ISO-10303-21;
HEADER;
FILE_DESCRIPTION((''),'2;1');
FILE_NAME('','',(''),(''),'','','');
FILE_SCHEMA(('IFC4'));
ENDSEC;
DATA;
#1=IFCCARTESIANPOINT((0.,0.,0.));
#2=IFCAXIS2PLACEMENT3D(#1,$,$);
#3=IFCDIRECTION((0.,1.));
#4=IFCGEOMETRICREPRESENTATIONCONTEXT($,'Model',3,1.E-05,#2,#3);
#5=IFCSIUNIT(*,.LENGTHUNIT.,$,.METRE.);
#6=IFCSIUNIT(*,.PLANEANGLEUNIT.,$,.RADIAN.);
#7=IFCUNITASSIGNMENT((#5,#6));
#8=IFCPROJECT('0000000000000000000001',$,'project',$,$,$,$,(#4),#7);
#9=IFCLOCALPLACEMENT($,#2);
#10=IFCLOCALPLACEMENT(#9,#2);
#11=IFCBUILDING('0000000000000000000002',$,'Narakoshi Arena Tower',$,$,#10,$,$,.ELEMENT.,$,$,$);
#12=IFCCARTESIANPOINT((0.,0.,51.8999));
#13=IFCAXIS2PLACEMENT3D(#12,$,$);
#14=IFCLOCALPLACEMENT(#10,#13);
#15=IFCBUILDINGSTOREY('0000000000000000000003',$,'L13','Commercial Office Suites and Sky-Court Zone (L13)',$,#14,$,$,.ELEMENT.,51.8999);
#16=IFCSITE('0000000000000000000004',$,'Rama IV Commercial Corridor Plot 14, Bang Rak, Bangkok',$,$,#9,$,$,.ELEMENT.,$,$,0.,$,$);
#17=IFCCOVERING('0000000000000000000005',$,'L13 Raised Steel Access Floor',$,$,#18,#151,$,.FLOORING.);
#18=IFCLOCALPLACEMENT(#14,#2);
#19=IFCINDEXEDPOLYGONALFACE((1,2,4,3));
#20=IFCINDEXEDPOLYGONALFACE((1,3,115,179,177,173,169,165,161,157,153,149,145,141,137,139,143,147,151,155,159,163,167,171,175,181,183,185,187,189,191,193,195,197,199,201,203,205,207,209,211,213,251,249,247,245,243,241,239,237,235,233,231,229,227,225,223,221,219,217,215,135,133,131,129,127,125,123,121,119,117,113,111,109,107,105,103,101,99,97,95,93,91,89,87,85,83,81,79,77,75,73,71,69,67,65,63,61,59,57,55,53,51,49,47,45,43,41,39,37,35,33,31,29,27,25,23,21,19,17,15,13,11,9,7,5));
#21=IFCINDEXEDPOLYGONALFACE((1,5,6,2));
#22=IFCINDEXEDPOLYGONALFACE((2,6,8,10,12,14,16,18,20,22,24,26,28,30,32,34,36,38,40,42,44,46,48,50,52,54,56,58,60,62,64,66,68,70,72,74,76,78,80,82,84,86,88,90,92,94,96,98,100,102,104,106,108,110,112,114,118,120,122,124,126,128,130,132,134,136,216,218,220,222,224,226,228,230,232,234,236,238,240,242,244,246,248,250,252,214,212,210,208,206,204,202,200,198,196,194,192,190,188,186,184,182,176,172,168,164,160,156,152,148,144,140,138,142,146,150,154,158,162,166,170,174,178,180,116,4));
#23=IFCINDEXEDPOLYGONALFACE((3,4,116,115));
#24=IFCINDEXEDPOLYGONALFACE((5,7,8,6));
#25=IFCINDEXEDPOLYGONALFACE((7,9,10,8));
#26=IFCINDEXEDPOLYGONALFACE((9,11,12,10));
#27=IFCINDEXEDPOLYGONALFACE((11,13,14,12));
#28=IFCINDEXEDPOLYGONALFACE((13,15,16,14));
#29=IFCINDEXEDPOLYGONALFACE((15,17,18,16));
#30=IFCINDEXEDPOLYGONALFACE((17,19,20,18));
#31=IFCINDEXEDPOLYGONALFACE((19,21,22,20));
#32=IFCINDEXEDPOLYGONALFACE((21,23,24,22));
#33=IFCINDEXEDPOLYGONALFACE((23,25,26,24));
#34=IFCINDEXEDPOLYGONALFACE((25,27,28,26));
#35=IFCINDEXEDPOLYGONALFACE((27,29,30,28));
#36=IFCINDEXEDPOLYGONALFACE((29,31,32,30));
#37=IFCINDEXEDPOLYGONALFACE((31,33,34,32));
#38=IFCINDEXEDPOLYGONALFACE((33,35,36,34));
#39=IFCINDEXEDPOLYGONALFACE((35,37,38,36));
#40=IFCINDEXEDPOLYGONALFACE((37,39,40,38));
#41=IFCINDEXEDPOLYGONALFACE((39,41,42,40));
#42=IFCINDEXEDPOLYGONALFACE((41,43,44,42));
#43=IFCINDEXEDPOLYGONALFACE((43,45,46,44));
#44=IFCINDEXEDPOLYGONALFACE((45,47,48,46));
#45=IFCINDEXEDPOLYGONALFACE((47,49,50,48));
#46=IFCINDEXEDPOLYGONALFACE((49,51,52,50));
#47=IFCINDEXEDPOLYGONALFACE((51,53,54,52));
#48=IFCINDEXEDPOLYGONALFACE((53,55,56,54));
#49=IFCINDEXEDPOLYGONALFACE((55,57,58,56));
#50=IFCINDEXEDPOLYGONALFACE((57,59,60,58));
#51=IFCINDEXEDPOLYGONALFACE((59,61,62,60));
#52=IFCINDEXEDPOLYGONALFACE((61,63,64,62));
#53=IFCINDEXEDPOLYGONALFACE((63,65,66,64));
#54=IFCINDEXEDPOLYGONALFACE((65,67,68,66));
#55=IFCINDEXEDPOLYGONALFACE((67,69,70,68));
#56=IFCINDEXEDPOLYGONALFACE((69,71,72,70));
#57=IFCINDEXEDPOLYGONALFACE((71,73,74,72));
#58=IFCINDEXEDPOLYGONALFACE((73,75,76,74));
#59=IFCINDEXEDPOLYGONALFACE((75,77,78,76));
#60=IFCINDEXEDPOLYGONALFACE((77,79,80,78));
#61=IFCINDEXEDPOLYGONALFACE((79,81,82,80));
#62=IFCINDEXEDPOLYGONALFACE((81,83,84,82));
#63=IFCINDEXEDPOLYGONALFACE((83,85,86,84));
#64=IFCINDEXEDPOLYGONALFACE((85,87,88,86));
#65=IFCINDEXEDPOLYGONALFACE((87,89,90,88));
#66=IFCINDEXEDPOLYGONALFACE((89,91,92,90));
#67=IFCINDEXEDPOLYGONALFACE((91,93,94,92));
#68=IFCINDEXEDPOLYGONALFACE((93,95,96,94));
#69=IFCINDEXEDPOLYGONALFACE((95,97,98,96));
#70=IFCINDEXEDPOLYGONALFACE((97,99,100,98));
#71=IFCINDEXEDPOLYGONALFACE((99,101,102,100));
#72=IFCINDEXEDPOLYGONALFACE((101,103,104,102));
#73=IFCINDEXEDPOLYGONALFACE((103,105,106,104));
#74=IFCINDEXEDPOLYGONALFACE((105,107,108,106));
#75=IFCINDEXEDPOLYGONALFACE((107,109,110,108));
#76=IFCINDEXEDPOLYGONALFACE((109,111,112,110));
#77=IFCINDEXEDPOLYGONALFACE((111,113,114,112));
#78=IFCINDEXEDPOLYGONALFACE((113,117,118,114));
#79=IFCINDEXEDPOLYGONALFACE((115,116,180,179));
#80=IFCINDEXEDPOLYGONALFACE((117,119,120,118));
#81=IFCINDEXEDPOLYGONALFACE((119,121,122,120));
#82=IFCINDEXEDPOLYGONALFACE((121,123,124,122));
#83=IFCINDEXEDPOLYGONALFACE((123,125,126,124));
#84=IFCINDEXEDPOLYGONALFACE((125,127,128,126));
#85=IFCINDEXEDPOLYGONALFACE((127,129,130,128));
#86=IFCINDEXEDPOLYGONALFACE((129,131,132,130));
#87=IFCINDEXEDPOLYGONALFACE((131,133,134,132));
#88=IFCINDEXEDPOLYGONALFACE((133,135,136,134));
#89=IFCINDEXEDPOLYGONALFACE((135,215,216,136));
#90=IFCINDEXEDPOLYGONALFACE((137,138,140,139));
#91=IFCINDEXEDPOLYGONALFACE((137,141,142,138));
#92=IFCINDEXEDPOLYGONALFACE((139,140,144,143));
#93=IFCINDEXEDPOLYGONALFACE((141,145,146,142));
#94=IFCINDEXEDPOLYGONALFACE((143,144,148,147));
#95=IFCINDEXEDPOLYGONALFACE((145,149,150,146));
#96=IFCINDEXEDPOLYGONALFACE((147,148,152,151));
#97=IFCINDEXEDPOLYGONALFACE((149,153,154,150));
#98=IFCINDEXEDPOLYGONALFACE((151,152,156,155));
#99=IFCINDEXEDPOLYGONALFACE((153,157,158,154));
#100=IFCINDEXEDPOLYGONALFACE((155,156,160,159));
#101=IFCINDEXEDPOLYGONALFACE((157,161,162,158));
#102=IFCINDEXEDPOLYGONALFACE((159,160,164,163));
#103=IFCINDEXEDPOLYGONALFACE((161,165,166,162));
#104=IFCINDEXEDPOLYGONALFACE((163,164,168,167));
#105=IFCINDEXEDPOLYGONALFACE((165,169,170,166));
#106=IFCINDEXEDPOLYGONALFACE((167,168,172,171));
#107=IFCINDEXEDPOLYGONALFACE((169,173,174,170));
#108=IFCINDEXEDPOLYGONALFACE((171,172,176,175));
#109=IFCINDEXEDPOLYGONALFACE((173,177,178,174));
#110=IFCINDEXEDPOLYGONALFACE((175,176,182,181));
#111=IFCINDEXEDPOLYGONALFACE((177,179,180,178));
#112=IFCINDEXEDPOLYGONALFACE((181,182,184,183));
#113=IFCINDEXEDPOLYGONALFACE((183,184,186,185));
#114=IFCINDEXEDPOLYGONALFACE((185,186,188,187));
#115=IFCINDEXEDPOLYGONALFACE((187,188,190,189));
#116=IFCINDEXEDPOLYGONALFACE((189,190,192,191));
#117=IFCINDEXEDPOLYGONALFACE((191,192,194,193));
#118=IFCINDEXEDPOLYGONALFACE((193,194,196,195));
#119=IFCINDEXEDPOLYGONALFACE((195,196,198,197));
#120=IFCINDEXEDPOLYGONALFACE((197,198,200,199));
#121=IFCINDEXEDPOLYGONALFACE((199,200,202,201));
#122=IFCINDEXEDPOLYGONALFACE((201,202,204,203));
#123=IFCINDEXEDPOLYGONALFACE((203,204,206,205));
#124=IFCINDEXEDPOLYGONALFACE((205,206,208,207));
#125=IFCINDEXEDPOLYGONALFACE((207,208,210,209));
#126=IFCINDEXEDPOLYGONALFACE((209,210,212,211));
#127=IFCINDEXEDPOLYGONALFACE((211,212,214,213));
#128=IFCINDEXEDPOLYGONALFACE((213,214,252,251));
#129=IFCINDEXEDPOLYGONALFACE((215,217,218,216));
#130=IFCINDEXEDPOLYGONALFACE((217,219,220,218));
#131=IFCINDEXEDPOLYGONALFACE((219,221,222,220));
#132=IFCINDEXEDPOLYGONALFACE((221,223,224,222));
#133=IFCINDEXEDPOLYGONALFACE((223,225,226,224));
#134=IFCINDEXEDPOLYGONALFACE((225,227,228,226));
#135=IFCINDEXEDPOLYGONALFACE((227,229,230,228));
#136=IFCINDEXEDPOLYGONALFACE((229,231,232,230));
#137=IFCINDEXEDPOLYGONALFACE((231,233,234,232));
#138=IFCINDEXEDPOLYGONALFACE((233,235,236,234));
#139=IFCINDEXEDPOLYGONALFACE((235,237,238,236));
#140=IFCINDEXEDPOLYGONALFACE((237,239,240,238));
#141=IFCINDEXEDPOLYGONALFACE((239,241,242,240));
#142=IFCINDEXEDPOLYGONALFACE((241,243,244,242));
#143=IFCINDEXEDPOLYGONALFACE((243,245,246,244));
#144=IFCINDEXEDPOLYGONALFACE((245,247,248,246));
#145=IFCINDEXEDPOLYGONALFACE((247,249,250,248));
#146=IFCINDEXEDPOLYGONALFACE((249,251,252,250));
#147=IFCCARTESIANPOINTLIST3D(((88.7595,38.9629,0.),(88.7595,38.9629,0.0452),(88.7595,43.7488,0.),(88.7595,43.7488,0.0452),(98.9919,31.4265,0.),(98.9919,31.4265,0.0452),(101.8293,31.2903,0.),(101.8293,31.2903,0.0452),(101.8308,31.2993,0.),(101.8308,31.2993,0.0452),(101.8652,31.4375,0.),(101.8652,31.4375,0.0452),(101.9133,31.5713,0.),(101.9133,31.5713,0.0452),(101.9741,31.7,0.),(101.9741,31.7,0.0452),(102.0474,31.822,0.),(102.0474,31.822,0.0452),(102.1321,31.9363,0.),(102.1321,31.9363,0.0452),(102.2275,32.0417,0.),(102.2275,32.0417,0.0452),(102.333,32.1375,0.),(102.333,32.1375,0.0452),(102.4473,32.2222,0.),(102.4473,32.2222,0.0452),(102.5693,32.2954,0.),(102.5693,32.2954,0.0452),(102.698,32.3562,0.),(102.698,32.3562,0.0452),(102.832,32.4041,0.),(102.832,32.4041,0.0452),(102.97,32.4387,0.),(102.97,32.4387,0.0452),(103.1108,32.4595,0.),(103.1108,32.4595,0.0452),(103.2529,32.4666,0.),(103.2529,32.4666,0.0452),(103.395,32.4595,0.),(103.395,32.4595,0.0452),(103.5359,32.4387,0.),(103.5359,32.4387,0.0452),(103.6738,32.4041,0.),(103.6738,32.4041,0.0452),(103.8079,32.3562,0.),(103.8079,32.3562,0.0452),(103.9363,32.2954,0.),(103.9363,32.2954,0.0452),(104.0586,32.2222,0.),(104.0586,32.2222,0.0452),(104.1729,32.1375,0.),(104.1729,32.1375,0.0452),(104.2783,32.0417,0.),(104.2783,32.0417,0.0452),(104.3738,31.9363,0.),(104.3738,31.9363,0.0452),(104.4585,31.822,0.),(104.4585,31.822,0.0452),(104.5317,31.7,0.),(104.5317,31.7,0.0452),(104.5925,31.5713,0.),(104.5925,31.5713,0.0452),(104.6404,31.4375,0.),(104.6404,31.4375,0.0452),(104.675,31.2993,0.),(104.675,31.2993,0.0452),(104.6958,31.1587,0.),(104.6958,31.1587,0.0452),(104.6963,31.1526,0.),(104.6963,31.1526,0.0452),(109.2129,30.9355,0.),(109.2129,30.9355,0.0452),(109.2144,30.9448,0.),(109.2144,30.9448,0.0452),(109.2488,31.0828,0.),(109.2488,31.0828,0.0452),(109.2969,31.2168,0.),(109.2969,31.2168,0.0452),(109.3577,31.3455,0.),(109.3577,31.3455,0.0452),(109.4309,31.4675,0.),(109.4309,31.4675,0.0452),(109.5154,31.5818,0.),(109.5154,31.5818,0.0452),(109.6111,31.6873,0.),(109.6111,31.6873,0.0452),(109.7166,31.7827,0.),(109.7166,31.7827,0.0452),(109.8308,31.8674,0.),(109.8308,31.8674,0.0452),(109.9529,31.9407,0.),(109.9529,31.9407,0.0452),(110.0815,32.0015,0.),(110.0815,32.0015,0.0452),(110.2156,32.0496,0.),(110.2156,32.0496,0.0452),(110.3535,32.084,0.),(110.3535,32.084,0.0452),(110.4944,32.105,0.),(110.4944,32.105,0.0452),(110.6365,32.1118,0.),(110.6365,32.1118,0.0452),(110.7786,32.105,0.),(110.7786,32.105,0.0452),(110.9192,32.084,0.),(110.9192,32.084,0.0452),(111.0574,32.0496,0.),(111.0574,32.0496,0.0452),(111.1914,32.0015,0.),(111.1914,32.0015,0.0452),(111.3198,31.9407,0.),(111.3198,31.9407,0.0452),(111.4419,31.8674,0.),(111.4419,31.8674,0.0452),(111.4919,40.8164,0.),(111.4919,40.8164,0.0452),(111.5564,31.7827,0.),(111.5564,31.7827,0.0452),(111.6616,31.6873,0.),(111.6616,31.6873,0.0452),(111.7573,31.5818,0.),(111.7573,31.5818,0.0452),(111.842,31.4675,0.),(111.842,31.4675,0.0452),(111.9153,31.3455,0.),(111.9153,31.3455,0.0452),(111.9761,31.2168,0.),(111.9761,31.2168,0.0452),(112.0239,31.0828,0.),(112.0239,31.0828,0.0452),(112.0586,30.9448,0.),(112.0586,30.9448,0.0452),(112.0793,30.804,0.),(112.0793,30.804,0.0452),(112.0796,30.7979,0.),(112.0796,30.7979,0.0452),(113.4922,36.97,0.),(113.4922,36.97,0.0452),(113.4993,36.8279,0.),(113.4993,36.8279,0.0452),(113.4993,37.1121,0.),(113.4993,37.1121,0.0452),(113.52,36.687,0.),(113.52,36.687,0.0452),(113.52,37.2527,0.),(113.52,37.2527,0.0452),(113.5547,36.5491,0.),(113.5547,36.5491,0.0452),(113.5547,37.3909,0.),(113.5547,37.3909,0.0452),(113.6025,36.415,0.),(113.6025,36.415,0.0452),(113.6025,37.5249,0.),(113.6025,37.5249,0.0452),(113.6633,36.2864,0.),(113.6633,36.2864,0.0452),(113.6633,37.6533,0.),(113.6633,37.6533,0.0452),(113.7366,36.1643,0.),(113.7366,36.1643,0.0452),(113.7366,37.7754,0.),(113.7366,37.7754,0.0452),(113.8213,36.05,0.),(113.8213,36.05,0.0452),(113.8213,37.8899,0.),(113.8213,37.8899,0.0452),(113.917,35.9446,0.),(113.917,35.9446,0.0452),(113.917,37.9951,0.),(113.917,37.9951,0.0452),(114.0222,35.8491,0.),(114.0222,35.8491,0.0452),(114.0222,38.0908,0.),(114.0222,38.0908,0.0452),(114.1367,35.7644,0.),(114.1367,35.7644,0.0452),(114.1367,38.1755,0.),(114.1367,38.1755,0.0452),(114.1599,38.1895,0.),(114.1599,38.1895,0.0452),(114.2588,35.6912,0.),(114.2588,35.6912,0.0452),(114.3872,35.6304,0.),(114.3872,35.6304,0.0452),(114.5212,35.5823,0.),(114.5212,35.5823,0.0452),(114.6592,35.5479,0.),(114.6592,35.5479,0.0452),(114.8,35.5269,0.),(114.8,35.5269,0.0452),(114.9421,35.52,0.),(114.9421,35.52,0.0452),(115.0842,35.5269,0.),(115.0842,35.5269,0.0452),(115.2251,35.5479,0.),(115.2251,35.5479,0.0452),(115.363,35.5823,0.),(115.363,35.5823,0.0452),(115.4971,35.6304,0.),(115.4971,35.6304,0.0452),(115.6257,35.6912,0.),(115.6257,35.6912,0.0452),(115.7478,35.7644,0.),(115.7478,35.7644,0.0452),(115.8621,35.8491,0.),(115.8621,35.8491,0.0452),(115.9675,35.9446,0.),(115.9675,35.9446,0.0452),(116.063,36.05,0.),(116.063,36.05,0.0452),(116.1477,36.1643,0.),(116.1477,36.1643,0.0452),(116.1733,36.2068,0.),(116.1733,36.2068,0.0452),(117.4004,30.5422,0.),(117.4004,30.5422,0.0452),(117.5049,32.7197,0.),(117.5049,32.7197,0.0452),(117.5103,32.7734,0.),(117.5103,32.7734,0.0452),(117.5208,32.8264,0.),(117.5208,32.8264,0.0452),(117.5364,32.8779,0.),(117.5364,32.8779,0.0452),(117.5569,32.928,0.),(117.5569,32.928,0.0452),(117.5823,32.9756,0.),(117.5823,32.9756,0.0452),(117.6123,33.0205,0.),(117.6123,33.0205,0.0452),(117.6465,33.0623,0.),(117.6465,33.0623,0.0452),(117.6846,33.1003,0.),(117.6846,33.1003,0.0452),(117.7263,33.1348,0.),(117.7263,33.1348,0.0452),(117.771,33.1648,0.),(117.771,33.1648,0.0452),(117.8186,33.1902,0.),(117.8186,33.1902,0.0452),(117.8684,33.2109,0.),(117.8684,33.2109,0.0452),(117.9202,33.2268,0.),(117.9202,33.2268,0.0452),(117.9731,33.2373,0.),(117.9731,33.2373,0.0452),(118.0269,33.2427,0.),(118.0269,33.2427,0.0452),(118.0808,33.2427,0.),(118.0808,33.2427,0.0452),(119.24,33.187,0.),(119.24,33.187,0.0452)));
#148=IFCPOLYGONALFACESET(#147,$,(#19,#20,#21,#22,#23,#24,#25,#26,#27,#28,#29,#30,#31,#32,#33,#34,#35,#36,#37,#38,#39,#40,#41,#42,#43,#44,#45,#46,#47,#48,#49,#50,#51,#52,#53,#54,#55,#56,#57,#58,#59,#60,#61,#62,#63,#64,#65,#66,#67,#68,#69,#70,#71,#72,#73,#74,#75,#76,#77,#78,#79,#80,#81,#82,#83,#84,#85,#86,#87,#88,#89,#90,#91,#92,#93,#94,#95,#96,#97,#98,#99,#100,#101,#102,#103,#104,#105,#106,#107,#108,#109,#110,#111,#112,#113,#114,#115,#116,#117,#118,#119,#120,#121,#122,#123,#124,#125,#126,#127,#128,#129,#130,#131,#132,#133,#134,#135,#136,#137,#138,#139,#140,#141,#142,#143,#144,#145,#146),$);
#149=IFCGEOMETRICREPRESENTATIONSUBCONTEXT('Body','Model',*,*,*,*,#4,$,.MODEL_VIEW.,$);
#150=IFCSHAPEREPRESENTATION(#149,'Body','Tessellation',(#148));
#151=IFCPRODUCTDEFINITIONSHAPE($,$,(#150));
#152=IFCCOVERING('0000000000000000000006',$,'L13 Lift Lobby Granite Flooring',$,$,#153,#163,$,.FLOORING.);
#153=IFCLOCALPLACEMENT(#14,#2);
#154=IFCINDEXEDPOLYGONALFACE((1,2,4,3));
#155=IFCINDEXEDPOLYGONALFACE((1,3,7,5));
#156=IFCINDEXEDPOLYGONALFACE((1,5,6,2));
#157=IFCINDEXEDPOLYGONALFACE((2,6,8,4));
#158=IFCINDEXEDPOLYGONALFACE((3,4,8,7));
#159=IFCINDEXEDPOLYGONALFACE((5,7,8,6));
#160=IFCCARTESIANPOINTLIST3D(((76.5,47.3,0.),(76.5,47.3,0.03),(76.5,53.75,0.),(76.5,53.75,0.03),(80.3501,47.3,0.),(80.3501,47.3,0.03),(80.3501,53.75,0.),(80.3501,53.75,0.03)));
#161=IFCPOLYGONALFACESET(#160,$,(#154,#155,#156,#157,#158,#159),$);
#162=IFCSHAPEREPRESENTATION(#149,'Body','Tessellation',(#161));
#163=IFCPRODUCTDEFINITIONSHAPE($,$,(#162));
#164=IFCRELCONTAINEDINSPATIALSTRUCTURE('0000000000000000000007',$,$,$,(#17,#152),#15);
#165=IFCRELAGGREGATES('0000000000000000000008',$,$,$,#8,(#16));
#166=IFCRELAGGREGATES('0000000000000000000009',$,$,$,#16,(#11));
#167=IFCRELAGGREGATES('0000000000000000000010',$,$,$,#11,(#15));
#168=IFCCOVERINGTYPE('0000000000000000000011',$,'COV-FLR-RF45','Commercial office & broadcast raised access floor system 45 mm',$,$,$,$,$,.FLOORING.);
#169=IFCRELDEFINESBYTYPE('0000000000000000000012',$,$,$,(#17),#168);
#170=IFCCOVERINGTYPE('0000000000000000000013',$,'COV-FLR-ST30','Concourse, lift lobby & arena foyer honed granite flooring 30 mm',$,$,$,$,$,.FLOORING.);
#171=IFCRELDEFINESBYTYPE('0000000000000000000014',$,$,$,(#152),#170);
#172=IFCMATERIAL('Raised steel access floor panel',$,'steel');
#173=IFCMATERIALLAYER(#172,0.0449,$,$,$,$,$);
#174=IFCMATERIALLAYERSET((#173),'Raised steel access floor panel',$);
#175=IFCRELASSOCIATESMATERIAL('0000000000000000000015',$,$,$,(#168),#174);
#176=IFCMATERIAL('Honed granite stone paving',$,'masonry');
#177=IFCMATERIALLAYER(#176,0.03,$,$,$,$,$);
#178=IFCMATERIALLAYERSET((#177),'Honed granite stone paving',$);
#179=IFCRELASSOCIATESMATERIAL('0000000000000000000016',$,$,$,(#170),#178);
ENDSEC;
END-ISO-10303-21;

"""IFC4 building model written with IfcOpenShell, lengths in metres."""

from ifc_helpers import new_model, si_unit, direction, frame, origin, place, context, subcontext, project, spatial, polyline, outline, extrude, material, layer, layer_set, type_object, element, save


model = new_model("IFC4")

# Units and contexts
model_context = context("Model", 3, precision=1e-05, world=origin(), true_north=direction((0.0, 1.0)))
body_context = subcontext(model_context, "Body", "Model", "MODEL_VIEW")
ifc_project = project(units=[si_unit("LENGTHUNIT", "METRE"), si_unit("PLANEANGLEUNIT", "RADIAN")], contexts=[model_context])

# Site, building, storey
site_placement = place(None, origin())
site = spatial("IfcSite", under=ifc_project, at=site_placement, Name="Rama IV Commercial Corridor Plot 14, Bang Rak, Bangkok", CompositionType="ELEMENT", RefElevation=0.0)
building_placement = place(site_placement, origin())
building = spatial("IfcBuilding", under=site, at=building_placement, Name="Narakoshi Arena Tower", CompositionType="ELEMENT")
storey_placement = place(building_placement, frame((0.0, 0.0, 51.8999)))
storey = spatial("IfcBuildingStorey", under=building, at=storey_placement, Name="L13", Description="Commercial Office Suites and Sky-Court Zone (L13)", CompositionType="ELEMENT", Elevation=51.8999)

# Coverings
ifc_material_1 = material(Name="Raised steel access floor panel", Category="steel")
ifc_layer_1 = layer(ifc_material_1, 0.0449)
ifc_layer_set_1 = layer_set([ifc_layer_1], Name="Raised steel access floor panel")
covering_type_1 = type_object("IfcCoveringType", Name="COV-FLR-RF45", Description="Commercial office & broadcast raised access floor system 45 mm", PredefinedType="FLOORING", material=ifc_layer_set_1)
covering_1_placement = place(storey_placement, origin())
element("IfcCovering", 1, at=covering_1_placement, inside=storey, type_object=covering_type_1, Name="L13 Raised Steel Access Floor", PredefinedType="FLOORING", context=body_context, shape_type="SweptSolid", body=[
    extrude(outline(polyline([(112.0796, 30.7979), (112.0793, 30.804), (112.0586, 30.9448), (112.0239, 31.0828), (111.9761, 31.2168), (111.9153, 31.3455), (111.842, 31.4675), (111.7573, 31.5818), (111.6616, 31.6873), (111.5564, 31.7827), (111.4419, 31.8674), (111.3198, 31.9407), (111.1914, 32.0015), (111.0574, 32.0496), (110.9192, 32.084), (110.7786, 32.105), (110.6365, 32.1118), (110.4944, 32.105), (110.3535, 32.084), (110.2156, 32.0496), (110.0815, 32.0015), (109.9529, 31.9407), (109.8308, 31.8674), (109.7166, 31.7827), (109.6111, 31.6873), (109.5154, 31.5818), (109.4309, 31.4675), (109.3577, 31.3455), (109.2969, 31.2168), (109.2488, 31.0828), (109.2144, 30.9448), (109.2129, 30.9355), (104.6963, 31.1526), (104.6958, 31.1587), (104.675, 31.2993), (104.6404, 31.4375), (104.5925, 31.5713), (104.5317, 31.7), (104.4585, 31.822), (104.3738, 31.9363), (104.2783, 32.0417), (104.1729, 32.1375), (104.0586, 32.2222), (103.9363, 32.2954), (103.8079, 32.3562), (103.6738, 32.4041), (103.5359, 32.4387), (103.395, 32.4595), (103.2529, 32.4666), (103.1108, 32.4595), (102.97, 32.4387), (102.832, 32.4041), (102.698, 32.3562), (102.5693, 32.2954), (102.4473, 32.2222), (102.333, 32.1375), (102.2275, 32.0417), (102.1321, 31.9363), (102.0474, 31.822), (101.9741, 31.7), (101.9133, 31.5713), (101.8652, 31.4375), (101.8308, 31.2993), (101.8293, 31.2903), (98.9919, 31.4265), (88.7595, 38.9629), (88.7595, 43.7488), (111.4919, 40.8164), (114.1599, 38.1895), (114.1367, 38.1755), (114.0222, 38.0908), (113.917, 37.9951), (113.8213, 37.8899), (113.7366, 37.7754), (113.6633, 37.6533), (113.6025, 37.5249), (113.5547, 37.3909), (113.52, 37.2527), (113.4993, 37.1121), (113.4922, 36.97), (113.4993, 36.8279), (113.52, 36.687), (113.5547, 36.5491), (113.6025, 36.415), (113.6633, 36.2864), (113.7366, 36.1643), (113.8213, 36.05), (113.917, 35.9446), (114.0222, 35.8491), (114.1367, 35.7644), (114.2588, 35.6912), (114.3872, 35.6304), (114.5212, 35.5823), (114.6592, 35.5479), (114.8, 35.5269), (114.9421, 35.52), (115.0842, 35.5269), (115.2251, 35.5479), (115.363, 35.5823), (115.4971, 35.6304), (115.6257, 35.6912), (115.7478, 35.7644), (115.8621, 35.8491), (115.9675, 35.9446), (116.063, 36.05), (116.1477, 36.1643), (116.1733, 36.2068), (119.24, 33.187), (118.0808, 33.2427), (118.0269, 33.2427), (117.9731, 33.2373), (117.9202, 33.2268), (117.8684, 33.2109), (117.8186, 33.1902), (117.771, 33.1648), (117.7263, 33.1348), (117.6846, 33.1003), (117.6465, 33.0623), (117.6123, 33.0205), (117.5823, 32.9756), (117.5569, 32.928), (117.5364, 32.8779), (117.5208, 32.8264), (117.5103, 32.7734), (117.5049, 32.7197), (117.4004, 30.5422), (112.0796, 30.7979)])), origin(), (0.0, 0.0, 1.0), 0.0452),
])
ifc_material_2 = material(Name="Honed granite stone paving", Category="masonry")
ifc_layer_2 = layer(ifc_material_2, 0.03)
ifc_layer_set_2 = layer_set([ifc_layer_2], Name="Honed granite stone paving")
covering_type_2 = type_object("IfcCoveringType", Name="COV-FLR-ST30", Description="Concourse, lift lobby & arena foyer honed granite flooring 30 mm", PredefinedType="FLOORING", material=ifc_layer_set_2)
covering_2_placement = place(storey_placement, origin())
element("IfcCovering", 2, at=covering_2_placement, inside=storey, type_object=covering_type_2, Name="L13 Lift Lobby Granite Flooring", PredefinedType="FLOORING", context=body_context, shape_type="SweptSolid", body=[
    extrude(outline(polyline([(76.5, 47.3), (80.3501, 47.3), (80.3501, 53.75), (76.5, 53.75), (76.5, 47.3)])), origin(), (0.0, 0.0, 1.0), 0.03),
])

save(model, "model.ifc")
